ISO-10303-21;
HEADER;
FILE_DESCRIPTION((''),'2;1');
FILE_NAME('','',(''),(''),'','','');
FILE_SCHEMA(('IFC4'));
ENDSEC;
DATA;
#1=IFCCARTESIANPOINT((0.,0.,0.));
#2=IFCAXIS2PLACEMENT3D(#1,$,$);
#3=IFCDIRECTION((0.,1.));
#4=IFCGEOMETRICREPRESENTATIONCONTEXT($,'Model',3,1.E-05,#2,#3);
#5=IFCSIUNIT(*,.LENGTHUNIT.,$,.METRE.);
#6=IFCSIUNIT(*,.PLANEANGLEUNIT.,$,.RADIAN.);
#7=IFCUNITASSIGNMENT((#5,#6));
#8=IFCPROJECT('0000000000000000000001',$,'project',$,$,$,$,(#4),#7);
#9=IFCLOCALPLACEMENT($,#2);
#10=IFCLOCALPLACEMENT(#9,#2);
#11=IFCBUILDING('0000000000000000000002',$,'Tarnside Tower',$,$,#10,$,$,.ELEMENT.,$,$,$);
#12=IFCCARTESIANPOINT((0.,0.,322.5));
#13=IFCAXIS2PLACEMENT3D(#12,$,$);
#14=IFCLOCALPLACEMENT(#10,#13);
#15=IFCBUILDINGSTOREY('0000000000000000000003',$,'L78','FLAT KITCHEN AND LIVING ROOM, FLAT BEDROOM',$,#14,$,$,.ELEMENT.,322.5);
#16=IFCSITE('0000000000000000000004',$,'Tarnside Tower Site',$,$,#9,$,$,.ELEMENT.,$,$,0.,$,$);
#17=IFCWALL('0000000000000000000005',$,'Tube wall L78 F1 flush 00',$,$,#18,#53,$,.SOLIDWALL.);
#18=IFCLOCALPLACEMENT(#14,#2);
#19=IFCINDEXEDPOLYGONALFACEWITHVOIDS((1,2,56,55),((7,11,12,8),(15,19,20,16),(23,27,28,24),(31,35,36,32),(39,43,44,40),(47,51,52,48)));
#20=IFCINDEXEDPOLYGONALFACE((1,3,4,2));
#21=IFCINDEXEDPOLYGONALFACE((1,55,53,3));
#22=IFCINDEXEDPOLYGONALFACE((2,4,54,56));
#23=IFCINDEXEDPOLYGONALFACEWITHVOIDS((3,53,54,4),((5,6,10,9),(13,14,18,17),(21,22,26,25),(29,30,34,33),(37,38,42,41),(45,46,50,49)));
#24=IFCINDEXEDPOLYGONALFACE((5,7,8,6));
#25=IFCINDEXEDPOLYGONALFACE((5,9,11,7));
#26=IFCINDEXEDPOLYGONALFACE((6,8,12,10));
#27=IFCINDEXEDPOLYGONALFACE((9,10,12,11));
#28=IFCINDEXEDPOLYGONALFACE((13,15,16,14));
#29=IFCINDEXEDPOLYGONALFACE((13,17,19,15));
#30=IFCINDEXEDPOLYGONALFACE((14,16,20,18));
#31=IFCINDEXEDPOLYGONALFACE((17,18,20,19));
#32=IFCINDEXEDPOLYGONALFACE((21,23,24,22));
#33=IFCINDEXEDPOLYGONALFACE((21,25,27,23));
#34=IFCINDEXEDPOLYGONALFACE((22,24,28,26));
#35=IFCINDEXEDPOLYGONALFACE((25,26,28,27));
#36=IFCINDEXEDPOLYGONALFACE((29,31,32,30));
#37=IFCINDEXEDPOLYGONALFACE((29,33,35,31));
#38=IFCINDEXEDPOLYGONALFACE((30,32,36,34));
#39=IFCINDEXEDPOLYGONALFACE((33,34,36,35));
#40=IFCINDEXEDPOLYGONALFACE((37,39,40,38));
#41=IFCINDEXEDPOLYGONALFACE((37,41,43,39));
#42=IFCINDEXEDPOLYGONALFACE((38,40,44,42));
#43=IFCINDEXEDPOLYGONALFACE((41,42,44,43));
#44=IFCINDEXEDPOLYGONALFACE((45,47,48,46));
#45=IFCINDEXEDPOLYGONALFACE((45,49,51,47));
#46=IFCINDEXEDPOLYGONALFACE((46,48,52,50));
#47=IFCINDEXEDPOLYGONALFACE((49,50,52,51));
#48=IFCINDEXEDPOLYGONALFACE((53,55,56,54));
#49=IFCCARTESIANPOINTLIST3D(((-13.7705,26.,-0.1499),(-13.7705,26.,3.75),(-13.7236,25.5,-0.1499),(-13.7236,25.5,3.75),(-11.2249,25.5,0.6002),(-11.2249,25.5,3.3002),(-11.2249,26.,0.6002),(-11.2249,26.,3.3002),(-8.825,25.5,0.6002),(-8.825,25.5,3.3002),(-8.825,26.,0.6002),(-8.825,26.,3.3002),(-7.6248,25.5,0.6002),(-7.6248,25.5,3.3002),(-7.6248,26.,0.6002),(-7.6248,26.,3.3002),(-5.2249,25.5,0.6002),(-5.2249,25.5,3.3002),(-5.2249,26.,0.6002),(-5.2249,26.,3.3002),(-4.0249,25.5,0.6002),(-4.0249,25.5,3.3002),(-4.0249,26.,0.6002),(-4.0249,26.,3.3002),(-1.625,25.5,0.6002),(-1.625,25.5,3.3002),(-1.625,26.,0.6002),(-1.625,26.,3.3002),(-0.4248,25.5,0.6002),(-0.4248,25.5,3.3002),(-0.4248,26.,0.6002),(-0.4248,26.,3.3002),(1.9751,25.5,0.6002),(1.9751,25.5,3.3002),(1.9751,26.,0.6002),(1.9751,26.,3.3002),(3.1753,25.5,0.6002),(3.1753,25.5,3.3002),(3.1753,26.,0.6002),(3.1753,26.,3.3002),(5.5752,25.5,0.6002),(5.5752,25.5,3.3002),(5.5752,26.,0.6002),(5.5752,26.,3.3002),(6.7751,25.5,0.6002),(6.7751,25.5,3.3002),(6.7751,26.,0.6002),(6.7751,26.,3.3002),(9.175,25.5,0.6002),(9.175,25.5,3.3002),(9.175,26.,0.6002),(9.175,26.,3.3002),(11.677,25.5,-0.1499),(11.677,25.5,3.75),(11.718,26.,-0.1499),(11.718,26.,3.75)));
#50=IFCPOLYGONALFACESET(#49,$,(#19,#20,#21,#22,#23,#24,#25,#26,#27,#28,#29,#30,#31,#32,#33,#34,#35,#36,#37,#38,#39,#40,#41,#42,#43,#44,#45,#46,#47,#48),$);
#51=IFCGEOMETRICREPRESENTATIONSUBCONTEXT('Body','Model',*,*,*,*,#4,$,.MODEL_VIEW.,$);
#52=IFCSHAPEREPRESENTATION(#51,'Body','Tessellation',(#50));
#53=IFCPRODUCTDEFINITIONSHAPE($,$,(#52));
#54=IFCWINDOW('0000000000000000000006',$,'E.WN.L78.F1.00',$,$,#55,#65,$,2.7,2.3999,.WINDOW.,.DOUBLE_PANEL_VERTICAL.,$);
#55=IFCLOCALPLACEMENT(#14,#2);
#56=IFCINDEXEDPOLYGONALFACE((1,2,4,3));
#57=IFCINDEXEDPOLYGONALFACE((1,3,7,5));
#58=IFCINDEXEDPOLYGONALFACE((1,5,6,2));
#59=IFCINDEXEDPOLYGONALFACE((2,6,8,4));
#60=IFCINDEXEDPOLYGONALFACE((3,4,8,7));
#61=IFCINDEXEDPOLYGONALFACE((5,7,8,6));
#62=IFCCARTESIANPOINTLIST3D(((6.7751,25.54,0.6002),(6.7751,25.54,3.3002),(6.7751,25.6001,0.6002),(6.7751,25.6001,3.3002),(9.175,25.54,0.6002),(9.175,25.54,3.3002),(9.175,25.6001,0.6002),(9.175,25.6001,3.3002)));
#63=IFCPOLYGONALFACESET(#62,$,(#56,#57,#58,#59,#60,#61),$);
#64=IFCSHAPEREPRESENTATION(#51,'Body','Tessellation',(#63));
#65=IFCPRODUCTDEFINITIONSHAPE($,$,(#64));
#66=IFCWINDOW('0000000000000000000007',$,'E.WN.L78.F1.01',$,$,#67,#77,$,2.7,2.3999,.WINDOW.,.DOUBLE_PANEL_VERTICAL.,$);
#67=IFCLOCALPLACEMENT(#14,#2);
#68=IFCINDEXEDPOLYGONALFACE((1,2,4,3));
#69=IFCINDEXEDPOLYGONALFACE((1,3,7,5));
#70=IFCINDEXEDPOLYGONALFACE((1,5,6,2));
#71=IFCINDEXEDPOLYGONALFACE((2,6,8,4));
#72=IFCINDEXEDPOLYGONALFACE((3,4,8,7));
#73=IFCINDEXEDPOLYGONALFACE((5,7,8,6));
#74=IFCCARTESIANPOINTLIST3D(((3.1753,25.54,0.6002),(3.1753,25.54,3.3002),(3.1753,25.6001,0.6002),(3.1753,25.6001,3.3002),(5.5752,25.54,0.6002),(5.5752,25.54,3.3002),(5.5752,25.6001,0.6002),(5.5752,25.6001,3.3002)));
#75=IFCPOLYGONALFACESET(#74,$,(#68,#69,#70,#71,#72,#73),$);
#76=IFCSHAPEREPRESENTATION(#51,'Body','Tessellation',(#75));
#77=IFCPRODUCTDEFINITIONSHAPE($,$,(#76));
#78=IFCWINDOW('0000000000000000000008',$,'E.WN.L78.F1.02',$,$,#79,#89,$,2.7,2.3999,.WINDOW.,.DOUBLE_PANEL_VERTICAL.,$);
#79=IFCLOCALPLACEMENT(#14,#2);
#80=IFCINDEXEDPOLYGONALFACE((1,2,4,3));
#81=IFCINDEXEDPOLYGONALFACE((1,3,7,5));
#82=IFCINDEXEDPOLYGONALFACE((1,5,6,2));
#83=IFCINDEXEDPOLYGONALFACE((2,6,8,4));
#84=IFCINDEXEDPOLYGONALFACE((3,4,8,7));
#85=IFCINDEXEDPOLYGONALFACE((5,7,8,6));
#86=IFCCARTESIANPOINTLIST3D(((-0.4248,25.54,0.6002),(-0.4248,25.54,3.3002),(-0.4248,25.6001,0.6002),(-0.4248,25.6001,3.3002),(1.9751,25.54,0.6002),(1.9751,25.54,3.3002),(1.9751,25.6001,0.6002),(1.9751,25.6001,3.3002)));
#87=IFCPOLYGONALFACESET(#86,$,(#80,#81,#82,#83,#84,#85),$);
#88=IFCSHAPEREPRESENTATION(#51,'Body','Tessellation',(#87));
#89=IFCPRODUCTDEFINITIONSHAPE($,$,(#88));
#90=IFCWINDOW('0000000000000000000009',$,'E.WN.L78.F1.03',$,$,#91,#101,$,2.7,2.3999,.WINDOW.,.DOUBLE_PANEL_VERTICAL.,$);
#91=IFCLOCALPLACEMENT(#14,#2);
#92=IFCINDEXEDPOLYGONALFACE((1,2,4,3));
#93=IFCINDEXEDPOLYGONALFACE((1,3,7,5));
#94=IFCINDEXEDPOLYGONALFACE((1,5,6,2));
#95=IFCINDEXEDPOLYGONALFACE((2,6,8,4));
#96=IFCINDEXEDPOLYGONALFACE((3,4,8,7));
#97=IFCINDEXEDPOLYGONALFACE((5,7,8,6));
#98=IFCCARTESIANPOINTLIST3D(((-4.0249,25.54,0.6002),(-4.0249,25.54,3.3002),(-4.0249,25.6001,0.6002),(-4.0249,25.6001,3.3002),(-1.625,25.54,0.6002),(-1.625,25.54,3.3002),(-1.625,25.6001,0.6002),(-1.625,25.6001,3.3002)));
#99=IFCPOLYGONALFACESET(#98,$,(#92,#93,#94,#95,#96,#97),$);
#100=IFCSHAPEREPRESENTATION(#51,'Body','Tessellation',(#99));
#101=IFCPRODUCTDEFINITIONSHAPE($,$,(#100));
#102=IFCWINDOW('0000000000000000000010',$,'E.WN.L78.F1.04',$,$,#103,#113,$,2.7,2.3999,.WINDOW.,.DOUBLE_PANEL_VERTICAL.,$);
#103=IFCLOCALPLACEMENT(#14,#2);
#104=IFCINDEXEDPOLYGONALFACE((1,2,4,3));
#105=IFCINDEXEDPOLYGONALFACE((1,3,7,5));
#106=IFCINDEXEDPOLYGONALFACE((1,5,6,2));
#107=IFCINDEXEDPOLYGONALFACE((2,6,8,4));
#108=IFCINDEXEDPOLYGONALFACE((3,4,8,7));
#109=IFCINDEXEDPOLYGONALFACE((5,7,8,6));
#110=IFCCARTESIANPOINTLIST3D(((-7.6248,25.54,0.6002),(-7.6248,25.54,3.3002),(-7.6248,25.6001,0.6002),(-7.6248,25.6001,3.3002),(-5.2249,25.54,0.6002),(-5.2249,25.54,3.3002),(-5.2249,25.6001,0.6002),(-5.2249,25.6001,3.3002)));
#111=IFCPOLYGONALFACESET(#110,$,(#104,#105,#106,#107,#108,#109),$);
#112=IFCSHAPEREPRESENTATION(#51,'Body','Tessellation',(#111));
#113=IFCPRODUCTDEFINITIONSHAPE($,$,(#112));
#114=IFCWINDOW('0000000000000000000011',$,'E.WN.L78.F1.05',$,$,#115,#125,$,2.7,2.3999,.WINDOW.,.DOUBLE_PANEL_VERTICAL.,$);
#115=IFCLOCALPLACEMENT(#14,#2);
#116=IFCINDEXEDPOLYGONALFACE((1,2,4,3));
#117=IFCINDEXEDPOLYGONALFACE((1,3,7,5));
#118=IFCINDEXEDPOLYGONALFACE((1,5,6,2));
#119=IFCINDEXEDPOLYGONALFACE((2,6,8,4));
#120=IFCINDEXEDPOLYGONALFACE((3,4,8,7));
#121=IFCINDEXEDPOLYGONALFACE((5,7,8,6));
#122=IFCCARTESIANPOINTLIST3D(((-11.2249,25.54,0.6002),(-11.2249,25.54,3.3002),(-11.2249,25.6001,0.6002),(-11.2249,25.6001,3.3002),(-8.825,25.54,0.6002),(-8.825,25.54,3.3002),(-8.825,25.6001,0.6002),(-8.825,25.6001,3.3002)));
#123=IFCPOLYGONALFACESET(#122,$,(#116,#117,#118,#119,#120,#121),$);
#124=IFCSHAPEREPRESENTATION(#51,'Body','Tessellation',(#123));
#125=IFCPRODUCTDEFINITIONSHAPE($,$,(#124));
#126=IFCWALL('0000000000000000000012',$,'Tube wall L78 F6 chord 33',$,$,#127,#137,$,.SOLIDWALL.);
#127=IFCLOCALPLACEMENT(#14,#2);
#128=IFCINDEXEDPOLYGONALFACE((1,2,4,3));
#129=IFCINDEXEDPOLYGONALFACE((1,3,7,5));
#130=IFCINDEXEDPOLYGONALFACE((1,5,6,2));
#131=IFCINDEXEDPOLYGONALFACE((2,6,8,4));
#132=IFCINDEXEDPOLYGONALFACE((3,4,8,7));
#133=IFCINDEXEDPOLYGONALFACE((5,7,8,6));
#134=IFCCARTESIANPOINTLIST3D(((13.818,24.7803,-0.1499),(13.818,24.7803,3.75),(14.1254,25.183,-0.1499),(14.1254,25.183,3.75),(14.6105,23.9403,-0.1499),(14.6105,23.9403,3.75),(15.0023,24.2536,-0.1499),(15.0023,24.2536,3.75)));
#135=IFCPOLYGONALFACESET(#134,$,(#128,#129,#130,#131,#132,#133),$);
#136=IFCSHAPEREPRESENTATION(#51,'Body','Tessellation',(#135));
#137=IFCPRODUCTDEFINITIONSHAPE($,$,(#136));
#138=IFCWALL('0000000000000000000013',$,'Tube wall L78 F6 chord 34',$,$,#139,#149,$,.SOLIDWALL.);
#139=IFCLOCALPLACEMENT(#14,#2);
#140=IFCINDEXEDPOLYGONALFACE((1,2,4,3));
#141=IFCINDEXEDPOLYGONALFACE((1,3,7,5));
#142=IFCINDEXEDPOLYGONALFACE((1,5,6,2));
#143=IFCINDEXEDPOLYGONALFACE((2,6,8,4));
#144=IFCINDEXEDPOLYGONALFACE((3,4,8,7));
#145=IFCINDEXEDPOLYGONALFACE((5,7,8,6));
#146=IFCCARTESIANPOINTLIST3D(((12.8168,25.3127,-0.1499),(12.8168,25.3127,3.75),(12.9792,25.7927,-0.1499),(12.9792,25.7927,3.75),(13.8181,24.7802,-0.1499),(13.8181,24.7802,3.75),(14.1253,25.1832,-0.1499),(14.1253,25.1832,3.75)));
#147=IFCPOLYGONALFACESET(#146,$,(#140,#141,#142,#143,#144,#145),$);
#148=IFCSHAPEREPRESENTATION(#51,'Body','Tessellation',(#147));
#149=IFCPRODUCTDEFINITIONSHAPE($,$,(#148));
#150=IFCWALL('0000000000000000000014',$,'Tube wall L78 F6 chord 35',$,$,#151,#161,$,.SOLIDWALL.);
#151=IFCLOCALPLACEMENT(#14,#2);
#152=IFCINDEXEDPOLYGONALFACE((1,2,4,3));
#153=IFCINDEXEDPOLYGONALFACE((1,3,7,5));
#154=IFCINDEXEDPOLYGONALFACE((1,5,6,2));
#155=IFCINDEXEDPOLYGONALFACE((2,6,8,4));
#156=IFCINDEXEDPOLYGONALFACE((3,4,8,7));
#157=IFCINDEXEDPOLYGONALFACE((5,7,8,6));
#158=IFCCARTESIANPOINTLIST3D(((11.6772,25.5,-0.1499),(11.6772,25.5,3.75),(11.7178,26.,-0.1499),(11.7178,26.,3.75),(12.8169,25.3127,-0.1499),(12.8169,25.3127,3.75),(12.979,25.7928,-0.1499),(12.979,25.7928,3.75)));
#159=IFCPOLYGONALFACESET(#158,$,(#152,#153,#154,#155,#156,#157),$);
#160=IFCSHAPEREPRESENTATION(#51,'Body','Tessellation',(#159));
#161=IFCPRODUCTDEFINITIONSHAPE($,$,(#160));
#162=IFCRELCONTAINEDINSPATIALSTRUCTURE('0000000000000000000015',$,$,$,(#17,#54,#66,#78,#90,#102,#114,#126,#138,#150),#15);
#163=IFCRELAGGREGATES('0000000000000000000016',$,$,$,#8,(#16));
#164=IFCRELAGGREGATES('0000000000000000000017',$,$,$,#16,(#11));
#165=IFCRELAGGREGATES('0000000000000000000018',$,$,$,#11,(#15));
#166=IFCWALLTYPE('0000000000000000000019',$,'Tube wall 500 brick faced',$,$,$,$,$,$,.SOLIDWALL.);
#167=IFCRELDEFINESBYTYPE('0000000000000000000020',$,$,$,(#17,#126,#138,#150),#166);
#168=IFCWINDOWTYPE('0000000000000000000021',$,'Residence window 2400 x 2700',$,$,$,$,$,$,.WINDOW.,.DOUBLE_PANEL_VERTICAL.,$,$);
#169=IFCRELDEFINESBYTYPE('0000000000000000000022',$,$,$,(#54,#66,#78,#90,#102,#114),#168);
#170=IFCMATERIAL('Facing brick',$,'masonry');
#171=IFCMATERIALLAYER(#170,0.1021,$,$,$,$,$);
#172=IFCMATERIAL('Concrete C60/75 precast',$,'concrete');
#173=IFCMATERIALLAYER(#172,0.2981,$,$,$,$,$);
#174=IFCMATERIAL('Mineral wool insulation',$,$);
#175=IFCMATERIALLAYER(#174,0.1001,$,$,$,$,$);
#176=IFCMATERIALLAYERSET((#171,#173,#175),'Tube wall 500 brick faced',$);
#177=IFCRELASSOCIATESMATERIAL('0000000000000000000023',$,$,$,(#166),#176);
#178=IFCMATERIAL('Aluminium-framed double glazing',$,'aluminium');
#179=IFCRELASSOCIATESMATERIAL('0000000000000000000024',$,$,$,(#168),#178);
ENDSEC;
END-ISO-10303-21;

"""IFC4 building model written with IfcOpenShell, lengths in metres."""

from ifc_helpers import new_model, si_unit, direction, frame, frame_2d, origin, place, context, subcontext, project, spatial, polyline, rectangle, outline, extrude, material, layer, layer_set, type_object, element, fill, save


model = new_model("IFC4")

# Units and contexts
model_context = context("Model", 3, precision=1e-05, world=origin(), true_north=direction((0.0, 1.0)))
body_context = subcontext(model_context, "Body", "Model", "MODEL_VIEW")
ifc_project = project(units=[si_unit("LENGTHUNIT", "METRE"), si_unit("PLANEANGLEUNIT", "RADIAN")], contexts=[model_context])

# Site, building, storey
site_placement = place(None, origin())
site = spatial("IfcSite", under=ifc_project, at=site_placement, Name="Tarnside Tower Site", CompositionType="ELEMENT", RefElevation=0.0)
building_placement = place(site_placement, origin())
building = spatial("IfcBuilding", under=site, at=building_placement, Name="Tarnside Tower", CompositionType="ELEMENT")
storey_placement = place(building_placement, frame((0.0, 0.0, 322.5)))
storey = spatial("IfcBuildingStorey", under=building, at=storey_placement, Name="L78", Description="FLAT KITCHEN AND LIVING ROOM, FLAT BEDROOM", CompositionType="ELEMENT", Elevation=322.5)

# Shared definitions
ifc_material_1 = material(Name="Concrete C60/75 precast", Category="concrete")
ifc_material_2 = material(Name="Mineral wool insulation")

# Wall, openings, windows
ifc_material_3 = material(Name="Facing brick", Category="masonry")
ifc_layer_1 = layer(ifc_material_3, 0.1021)
ifc_layer_2 = layer(ifc_material_1, 0.2981)
ifc_layer_3 = layer(ifc_material_2, 0.1001)
ifc_layer_set_1 = layer_set([ifc_layer_1, ifc_layer_2, ifc_layer_3], Name="Tube wall 500 brick faced")
wall_type_1 = type_object("IfcWallType", Name="Tube wall 500 brick faced", PredefinedType="SOLIDWALL", material=ifc_layer_set_1)
wall_1_placement = place(storey_placement, frame((11.6975, 25.75, -0.1499), z_axis=(0.0, 0.0, 1.0), x_axis=(-1.0, 0.0, 0.0)))
wall_1 = element("IfcWall", 1, at=wall_1_placement, inside=storey, type_object=wall_type_1, Name="Tube wall L78 F1 flush 00", PredefinedType="SOLIDWALL", context=body_context, shape_type="SweptSolid", body=[
    extrude(outline(polyline([(-0.0205, -0.25), (25.468, -0.25), (25.4211, 0.25), (0.0205, 0.25), (-0.0205, -0.25)])), origin(), (0.0, 0.0, 1.0), 3.8999),
])
opening_1_placement = place(wall_1_placement, frame((2.5225, 0.0, 0.75)))
opening_1 = element("IfcOpeningElement", 2, at=opening_1_placement, cuts=wall_1, PredefinedType="OPENING", context=body_context, shape_type="SweptSolid", body=[
    extrude(rectangle(XDim=2.3999, YDim=2.7, at=frame_2d((1.2, 1.3501))), frame((0.0, 0.26, 0.0), z_axis=(0.0, -1.0, 0.0), x_axis=(1.0, 0.0, 0.0)), (0.0, 0.0, 1.0), 0.52),
])
opening_2_placement = place(wall_1_placement, frame((6.1223, 0.0, 0.75)))
opening_2 = element("IfcOpeningElement", 3, at=opening_2_placement, cuts=wall_1, PredefinedType="OPENING", context=body_context, shape_type="SweptSolid", body=[
    extrude(rectangle(XDim=2.3999, YDim=2.7, at=frame_2d((1.2, 1.3501))), frame((0.0, 0.26, 0.0), z_axis=(0.0, -1.0, 0.0), x_axis=(1.0, 0.0, 0.0)), (0.0, 0.0, 1.0), 0.52),
])
opening_3_placement = place(wall_1_placement, frame((9.7224, 0.0, 0.75)))
opening_3 = element("IfcOpeningElement", 4, at=opening_3_placement, cuts=wall_1, PredefinedType="OPENING", context=body_context, shape_type="SweptSolid", body=[
    extrude(rectangle(XDim=2.3999, YDim=2.7, at=frame_2d((1.2, 1.3501))), frame((0.0, 0.26, 0.0), z_axis=(0.0, -1.0, 0.0), x_axis=(1.0, 0.0, 0.0)), (0.0, 0.0, 1.0), 0.52),
])
opening_4_placement = place(wall_1_placement, frame((13.3225, 0.0, 0.75)))
opening_4 = element("IfcOpeningElement", 5, at=opening_4_placement, cuts=wall_1, PredefinedType="OPENING", context=body_context, shape_type="SweptSolid", body=[
    extrude(rectangle(XDim=2.3999, YDim=2.7, at=frame_2d((1.2, 1.3501))), frame((0.0, 0.26, 0.0), z_axis=(0.0, -1.0, 0.0), x_axis=(1.0, 0.0, 0.0)), (0.0, 0.0, 1.0), 0.52),
])
opening_5_placement = place(wall_1_placement, frame((16.9224, 0.0, 0.75)))
opening_5 = element("IfcOpeningElement", 6, at=opening_5_placement, cuts=wall_1, PredefinedType="OPENING", context=body_context, shape_type="SweptSolid", body=[
    extrude(rectangle(XDim=2.3999, YDim=2.7, at=frame_2d((1.2, 1.3501))), frame((0.0, 0.26, 0.0), z_axis=(0.0, -1.0, 0.0), x_axis=(1.0, 0.0, 0.0)), (0.0, 0.0, 1.0), 0.52),
])
opening_6_placement = place(wall_1_placement, frame((20.5225, 0.0, 0.75)))
opening_6 = element("IfcOpeningElement", 7, at=opening_6_placement, cuts=wall_1, PredefinedType="OPENING", context=body_context, shape_type="SweptSolid", body=[
    extrude(rectangle(XDim=2.3999, YDim=2.7, at=frame_2d((1.2, 1.3501))), frame((0.0, 0.26, 0.0), z_axis=(0.0, -1.0, 0.0), x_axis=(1.0, 0.0, 0.0)), (0.0, 0.0, 1.0), 0.52),
])
ifc_material_4 = material(Name="Aluminium-framed double glazing", Category="aluminium")
window_type = type_object("IfcWindowType", Name="Residence window 2400 x 2700", PartitioningType="DOUBLE_PANEL_VERTICAL", PredefinedType="WINDOW", material=ifc_material_4)
window_1_placement = place(opening_1_placement, frame((0.0, 0.1799, 0.0)))
window_1 = element("IfcWindow", 8, at=window_1_placement, inside=storey, type_object=window_type, Name="E.WN.L78.F1.00", OverallHeight=2.7, OverallWidth=2.3999, PartitioningType="DOUBLE_PANEL_VERTICAL", PredefinedType="WINDOW", context=body_context, shape_type="SweptSolid", body=[
    extrude(rectangle(XDim=2.3999, YDim=2.7, at=frame_2d((1.2, 1.3501))), frame((0.0, 0.03, 0.0), z_axis=(0.0, -1.0, 0.0), x_axis=(1.0, 0.0, 0.0)), (0.0, 0.0, 1.0), 0.0601),
])
fill(opening_1, window_1)
window_2_placement = place(opening_2_placement, frame((0.0, 0.1799, 0.0)))
window_2 = element("IfcWindow", 9, at=window_2_placement, inside=storey, type_object=window_type, Name="E.WN.L78.F1.01", OverallHeight=2.7, OverallWidth=2.3999, PartitioningType="DOUBLE_PANEL_VERTICAL", PredefinedType="WINDOW", context=body_context, shape_type="SweptSolid", body=[
    extrude(rectangle(XDim=2.3999, YDim=2.7, at=frame_2d((1.2, 1.3501))), frame((0.0, 0.03, 0.0), z_axis=(0.0, -1.0, 0.0), x_axis=(1.0, 0.0, 0.0)), (0.0, 0.0, 1.0), 0.0601),
])
fill(opening_2, window_2)
window_3_placement = place(opening_3_placement, frame((0.0, 0.1799, 0.0)))
window_3 = element("IfcWindow", 10, at=window_3_placement, inside=storey, type_object=window_type, Name="E.WN.L78.F1.02", OverallHeight=2.7, OverallWidth=2.3999, PartitioningType="DOUBLE_PANEL_VERTICAL", PredefinedType="WINDOW", context=body_context, shape_type="SweptSolid", body=[
    extrude(rectangle(XDim=2.3999, YDim=2.7, at=frame_2d((1.2, 1.3501))), frame((0.0, 0.03, 0.0), z_axis=(0.0, -1.0, 0.0), x_axis=(1.0, 0.0, 0.0)), (0.0, 0.0, 1.0), 0.0601),
])
fill(opening_3, window_3)
window_4_placement = place(opening_4_placement, frame((0.0, 0.1799, 0.0)))
window_4 = element("IfcWindow", 11, at=window_4_placement, inside=storey, type_object=window_type, Name="E.WN.L78.F1.03", OverallHeight=2.7, OverallWidth=2.3999, PartitioningType="DOUBLE_PANEL_VERTICAL", PredefinedType="WINDOW", context=body_context, shape_type="SweptSolid", body=[
    extrude(rectangle(XDim=2.3999, YDim=2.7, at=frame_2d((1.2, 1.3501))), frame((0.0, 0.03, 0.0), z_axis=(0.0, -1.0, 0.0), x_axis=(1.0, 0.0, 0.0)), (0.0, 0.0, 1.0), 0.0601),
])
fill(opening_4, window_4)
window_5_placement = place(opening_5_placement, frame((0.0, 0.1799, 0.0)))
window_5 = element("IfcWindow", 12, at=window_5_placement, inside=storey, type_object=window_type, Name="E.WN.L78.F1.04", OverallHeight=2.7, OverallWidth=2.3999, PartitioningType="DOUBLE_PANEL_VERTICAL", PredefinedType="WINDOW", context=body_context, shape_type="SweptSolid", body=[
    extrude(rectangle(XDim=2.3999, YDim=2.7, at=frame_2d((1.2, 1.3501))), frame((0.0, 0.03, 0.0), z_axis=(0.0, -1.0, 0.0), x_axis=(1.0, 0.0, 0.0)), (0.0, 0.0, 1.0), 0.0601),
])
fill(opening_5, window_5)
window_6_placement = place(opening_6_placement, frame((0.0, 0.1799, 0.0)))
window_6 = element("IfcWindow", 13, at=window_6_placement, inside=storey, type_object=window_type, Name="E.WN.L78.F1.05", OverallHeight=2.7, OverallWidth=2.3999, PartitioningType="DOUBLE_PANEL_VERTICAL", PredefinedType="WINDOW", context=body_context, shape_type="SweptSolid", body=[
    extrude(rectangle(XDim=2.3999, YDim=2.7, at=frame_2d((1.2, 1.3501))), frame((0.0, 0.03, 0.0), z_axis=(0.0, -1.0, 0.0), x_axis=(1.0, 0.0, 0.0)), (0.0, 0.0, 1.0), 0.0601),
])
fill(opening_6, window_6)

# Walls
wall_2_placement = place(storey_placement, frame((14.8064, 24.0969, -0.1499), z_axis=(0.0, 0.0, 1.0), x_axis=(-0.686234, 0.72738, 0.0)))
element("IfcWall", 14, at=wall_2_placement, inside=storey, type_object=wall_type_1, Name="Tube wall L78 F6 chord 33", PredefinedType="SOLIDWALL", context=body_context, shape_type="SweptSolid", body=[
    extrude(outline(polyline([(-0.0205, -0.25), (1.2573, -0.25), (1.1753, 0.25), (0.0205, 0.25), (-0.0205, -0.25)])), origin(), (0.0, 0.0, 1.0), 3.8999),
])
wall_3_placement = place(storey_placement, frame((13.9717, 24.9817, -0.1499), z_axis=(0.0, 0.0, 1.0), x_axis=(-0.882902, 0.469556, 0.0)))
element("IfcWall", 15, at=wall_3_placement, inside=storey, type_object=wall_type_1, Name="Tube wall L78 F6 chord 34", PredefinedType="SOLIDWALL", context=body_context, shape_type="SweptSolid", body=[
    extrude(outline(polyline([(-0.041, -0.25), (1.2571, -0.25), (1.175, 0.25), (0.041, 0.25), (-0.041, -0.25)])), origin(), (0.0, 0.0, 1.0), 3.8999),
])
wall_4_placement = place(storey_placement, frame((12.8979, 25.5527, -0.1499), z_axis=(0.0, 0.0, 1.0), x_axis=(-0.986766, 0.162153, 0.0)))
element("IfcWall", 16, at=wall_4_placement, inside=storey, type_object=wall_type_1, Name="Tube wall L78 F6 chord 35", PredefinedType="SOLIDWALL", context=body_context, shape_type="SweptSolid", body=[
    extrude(outline(polyline([(-0.041, -0.25), (1.2371, -0.25), (1.196, 0.25), (0.041, 0.25), (-0.041, -0.25)])), origin(), (0.0, 0.0, 1.0), 3.8999),
])

save(model, "model.ifc")
